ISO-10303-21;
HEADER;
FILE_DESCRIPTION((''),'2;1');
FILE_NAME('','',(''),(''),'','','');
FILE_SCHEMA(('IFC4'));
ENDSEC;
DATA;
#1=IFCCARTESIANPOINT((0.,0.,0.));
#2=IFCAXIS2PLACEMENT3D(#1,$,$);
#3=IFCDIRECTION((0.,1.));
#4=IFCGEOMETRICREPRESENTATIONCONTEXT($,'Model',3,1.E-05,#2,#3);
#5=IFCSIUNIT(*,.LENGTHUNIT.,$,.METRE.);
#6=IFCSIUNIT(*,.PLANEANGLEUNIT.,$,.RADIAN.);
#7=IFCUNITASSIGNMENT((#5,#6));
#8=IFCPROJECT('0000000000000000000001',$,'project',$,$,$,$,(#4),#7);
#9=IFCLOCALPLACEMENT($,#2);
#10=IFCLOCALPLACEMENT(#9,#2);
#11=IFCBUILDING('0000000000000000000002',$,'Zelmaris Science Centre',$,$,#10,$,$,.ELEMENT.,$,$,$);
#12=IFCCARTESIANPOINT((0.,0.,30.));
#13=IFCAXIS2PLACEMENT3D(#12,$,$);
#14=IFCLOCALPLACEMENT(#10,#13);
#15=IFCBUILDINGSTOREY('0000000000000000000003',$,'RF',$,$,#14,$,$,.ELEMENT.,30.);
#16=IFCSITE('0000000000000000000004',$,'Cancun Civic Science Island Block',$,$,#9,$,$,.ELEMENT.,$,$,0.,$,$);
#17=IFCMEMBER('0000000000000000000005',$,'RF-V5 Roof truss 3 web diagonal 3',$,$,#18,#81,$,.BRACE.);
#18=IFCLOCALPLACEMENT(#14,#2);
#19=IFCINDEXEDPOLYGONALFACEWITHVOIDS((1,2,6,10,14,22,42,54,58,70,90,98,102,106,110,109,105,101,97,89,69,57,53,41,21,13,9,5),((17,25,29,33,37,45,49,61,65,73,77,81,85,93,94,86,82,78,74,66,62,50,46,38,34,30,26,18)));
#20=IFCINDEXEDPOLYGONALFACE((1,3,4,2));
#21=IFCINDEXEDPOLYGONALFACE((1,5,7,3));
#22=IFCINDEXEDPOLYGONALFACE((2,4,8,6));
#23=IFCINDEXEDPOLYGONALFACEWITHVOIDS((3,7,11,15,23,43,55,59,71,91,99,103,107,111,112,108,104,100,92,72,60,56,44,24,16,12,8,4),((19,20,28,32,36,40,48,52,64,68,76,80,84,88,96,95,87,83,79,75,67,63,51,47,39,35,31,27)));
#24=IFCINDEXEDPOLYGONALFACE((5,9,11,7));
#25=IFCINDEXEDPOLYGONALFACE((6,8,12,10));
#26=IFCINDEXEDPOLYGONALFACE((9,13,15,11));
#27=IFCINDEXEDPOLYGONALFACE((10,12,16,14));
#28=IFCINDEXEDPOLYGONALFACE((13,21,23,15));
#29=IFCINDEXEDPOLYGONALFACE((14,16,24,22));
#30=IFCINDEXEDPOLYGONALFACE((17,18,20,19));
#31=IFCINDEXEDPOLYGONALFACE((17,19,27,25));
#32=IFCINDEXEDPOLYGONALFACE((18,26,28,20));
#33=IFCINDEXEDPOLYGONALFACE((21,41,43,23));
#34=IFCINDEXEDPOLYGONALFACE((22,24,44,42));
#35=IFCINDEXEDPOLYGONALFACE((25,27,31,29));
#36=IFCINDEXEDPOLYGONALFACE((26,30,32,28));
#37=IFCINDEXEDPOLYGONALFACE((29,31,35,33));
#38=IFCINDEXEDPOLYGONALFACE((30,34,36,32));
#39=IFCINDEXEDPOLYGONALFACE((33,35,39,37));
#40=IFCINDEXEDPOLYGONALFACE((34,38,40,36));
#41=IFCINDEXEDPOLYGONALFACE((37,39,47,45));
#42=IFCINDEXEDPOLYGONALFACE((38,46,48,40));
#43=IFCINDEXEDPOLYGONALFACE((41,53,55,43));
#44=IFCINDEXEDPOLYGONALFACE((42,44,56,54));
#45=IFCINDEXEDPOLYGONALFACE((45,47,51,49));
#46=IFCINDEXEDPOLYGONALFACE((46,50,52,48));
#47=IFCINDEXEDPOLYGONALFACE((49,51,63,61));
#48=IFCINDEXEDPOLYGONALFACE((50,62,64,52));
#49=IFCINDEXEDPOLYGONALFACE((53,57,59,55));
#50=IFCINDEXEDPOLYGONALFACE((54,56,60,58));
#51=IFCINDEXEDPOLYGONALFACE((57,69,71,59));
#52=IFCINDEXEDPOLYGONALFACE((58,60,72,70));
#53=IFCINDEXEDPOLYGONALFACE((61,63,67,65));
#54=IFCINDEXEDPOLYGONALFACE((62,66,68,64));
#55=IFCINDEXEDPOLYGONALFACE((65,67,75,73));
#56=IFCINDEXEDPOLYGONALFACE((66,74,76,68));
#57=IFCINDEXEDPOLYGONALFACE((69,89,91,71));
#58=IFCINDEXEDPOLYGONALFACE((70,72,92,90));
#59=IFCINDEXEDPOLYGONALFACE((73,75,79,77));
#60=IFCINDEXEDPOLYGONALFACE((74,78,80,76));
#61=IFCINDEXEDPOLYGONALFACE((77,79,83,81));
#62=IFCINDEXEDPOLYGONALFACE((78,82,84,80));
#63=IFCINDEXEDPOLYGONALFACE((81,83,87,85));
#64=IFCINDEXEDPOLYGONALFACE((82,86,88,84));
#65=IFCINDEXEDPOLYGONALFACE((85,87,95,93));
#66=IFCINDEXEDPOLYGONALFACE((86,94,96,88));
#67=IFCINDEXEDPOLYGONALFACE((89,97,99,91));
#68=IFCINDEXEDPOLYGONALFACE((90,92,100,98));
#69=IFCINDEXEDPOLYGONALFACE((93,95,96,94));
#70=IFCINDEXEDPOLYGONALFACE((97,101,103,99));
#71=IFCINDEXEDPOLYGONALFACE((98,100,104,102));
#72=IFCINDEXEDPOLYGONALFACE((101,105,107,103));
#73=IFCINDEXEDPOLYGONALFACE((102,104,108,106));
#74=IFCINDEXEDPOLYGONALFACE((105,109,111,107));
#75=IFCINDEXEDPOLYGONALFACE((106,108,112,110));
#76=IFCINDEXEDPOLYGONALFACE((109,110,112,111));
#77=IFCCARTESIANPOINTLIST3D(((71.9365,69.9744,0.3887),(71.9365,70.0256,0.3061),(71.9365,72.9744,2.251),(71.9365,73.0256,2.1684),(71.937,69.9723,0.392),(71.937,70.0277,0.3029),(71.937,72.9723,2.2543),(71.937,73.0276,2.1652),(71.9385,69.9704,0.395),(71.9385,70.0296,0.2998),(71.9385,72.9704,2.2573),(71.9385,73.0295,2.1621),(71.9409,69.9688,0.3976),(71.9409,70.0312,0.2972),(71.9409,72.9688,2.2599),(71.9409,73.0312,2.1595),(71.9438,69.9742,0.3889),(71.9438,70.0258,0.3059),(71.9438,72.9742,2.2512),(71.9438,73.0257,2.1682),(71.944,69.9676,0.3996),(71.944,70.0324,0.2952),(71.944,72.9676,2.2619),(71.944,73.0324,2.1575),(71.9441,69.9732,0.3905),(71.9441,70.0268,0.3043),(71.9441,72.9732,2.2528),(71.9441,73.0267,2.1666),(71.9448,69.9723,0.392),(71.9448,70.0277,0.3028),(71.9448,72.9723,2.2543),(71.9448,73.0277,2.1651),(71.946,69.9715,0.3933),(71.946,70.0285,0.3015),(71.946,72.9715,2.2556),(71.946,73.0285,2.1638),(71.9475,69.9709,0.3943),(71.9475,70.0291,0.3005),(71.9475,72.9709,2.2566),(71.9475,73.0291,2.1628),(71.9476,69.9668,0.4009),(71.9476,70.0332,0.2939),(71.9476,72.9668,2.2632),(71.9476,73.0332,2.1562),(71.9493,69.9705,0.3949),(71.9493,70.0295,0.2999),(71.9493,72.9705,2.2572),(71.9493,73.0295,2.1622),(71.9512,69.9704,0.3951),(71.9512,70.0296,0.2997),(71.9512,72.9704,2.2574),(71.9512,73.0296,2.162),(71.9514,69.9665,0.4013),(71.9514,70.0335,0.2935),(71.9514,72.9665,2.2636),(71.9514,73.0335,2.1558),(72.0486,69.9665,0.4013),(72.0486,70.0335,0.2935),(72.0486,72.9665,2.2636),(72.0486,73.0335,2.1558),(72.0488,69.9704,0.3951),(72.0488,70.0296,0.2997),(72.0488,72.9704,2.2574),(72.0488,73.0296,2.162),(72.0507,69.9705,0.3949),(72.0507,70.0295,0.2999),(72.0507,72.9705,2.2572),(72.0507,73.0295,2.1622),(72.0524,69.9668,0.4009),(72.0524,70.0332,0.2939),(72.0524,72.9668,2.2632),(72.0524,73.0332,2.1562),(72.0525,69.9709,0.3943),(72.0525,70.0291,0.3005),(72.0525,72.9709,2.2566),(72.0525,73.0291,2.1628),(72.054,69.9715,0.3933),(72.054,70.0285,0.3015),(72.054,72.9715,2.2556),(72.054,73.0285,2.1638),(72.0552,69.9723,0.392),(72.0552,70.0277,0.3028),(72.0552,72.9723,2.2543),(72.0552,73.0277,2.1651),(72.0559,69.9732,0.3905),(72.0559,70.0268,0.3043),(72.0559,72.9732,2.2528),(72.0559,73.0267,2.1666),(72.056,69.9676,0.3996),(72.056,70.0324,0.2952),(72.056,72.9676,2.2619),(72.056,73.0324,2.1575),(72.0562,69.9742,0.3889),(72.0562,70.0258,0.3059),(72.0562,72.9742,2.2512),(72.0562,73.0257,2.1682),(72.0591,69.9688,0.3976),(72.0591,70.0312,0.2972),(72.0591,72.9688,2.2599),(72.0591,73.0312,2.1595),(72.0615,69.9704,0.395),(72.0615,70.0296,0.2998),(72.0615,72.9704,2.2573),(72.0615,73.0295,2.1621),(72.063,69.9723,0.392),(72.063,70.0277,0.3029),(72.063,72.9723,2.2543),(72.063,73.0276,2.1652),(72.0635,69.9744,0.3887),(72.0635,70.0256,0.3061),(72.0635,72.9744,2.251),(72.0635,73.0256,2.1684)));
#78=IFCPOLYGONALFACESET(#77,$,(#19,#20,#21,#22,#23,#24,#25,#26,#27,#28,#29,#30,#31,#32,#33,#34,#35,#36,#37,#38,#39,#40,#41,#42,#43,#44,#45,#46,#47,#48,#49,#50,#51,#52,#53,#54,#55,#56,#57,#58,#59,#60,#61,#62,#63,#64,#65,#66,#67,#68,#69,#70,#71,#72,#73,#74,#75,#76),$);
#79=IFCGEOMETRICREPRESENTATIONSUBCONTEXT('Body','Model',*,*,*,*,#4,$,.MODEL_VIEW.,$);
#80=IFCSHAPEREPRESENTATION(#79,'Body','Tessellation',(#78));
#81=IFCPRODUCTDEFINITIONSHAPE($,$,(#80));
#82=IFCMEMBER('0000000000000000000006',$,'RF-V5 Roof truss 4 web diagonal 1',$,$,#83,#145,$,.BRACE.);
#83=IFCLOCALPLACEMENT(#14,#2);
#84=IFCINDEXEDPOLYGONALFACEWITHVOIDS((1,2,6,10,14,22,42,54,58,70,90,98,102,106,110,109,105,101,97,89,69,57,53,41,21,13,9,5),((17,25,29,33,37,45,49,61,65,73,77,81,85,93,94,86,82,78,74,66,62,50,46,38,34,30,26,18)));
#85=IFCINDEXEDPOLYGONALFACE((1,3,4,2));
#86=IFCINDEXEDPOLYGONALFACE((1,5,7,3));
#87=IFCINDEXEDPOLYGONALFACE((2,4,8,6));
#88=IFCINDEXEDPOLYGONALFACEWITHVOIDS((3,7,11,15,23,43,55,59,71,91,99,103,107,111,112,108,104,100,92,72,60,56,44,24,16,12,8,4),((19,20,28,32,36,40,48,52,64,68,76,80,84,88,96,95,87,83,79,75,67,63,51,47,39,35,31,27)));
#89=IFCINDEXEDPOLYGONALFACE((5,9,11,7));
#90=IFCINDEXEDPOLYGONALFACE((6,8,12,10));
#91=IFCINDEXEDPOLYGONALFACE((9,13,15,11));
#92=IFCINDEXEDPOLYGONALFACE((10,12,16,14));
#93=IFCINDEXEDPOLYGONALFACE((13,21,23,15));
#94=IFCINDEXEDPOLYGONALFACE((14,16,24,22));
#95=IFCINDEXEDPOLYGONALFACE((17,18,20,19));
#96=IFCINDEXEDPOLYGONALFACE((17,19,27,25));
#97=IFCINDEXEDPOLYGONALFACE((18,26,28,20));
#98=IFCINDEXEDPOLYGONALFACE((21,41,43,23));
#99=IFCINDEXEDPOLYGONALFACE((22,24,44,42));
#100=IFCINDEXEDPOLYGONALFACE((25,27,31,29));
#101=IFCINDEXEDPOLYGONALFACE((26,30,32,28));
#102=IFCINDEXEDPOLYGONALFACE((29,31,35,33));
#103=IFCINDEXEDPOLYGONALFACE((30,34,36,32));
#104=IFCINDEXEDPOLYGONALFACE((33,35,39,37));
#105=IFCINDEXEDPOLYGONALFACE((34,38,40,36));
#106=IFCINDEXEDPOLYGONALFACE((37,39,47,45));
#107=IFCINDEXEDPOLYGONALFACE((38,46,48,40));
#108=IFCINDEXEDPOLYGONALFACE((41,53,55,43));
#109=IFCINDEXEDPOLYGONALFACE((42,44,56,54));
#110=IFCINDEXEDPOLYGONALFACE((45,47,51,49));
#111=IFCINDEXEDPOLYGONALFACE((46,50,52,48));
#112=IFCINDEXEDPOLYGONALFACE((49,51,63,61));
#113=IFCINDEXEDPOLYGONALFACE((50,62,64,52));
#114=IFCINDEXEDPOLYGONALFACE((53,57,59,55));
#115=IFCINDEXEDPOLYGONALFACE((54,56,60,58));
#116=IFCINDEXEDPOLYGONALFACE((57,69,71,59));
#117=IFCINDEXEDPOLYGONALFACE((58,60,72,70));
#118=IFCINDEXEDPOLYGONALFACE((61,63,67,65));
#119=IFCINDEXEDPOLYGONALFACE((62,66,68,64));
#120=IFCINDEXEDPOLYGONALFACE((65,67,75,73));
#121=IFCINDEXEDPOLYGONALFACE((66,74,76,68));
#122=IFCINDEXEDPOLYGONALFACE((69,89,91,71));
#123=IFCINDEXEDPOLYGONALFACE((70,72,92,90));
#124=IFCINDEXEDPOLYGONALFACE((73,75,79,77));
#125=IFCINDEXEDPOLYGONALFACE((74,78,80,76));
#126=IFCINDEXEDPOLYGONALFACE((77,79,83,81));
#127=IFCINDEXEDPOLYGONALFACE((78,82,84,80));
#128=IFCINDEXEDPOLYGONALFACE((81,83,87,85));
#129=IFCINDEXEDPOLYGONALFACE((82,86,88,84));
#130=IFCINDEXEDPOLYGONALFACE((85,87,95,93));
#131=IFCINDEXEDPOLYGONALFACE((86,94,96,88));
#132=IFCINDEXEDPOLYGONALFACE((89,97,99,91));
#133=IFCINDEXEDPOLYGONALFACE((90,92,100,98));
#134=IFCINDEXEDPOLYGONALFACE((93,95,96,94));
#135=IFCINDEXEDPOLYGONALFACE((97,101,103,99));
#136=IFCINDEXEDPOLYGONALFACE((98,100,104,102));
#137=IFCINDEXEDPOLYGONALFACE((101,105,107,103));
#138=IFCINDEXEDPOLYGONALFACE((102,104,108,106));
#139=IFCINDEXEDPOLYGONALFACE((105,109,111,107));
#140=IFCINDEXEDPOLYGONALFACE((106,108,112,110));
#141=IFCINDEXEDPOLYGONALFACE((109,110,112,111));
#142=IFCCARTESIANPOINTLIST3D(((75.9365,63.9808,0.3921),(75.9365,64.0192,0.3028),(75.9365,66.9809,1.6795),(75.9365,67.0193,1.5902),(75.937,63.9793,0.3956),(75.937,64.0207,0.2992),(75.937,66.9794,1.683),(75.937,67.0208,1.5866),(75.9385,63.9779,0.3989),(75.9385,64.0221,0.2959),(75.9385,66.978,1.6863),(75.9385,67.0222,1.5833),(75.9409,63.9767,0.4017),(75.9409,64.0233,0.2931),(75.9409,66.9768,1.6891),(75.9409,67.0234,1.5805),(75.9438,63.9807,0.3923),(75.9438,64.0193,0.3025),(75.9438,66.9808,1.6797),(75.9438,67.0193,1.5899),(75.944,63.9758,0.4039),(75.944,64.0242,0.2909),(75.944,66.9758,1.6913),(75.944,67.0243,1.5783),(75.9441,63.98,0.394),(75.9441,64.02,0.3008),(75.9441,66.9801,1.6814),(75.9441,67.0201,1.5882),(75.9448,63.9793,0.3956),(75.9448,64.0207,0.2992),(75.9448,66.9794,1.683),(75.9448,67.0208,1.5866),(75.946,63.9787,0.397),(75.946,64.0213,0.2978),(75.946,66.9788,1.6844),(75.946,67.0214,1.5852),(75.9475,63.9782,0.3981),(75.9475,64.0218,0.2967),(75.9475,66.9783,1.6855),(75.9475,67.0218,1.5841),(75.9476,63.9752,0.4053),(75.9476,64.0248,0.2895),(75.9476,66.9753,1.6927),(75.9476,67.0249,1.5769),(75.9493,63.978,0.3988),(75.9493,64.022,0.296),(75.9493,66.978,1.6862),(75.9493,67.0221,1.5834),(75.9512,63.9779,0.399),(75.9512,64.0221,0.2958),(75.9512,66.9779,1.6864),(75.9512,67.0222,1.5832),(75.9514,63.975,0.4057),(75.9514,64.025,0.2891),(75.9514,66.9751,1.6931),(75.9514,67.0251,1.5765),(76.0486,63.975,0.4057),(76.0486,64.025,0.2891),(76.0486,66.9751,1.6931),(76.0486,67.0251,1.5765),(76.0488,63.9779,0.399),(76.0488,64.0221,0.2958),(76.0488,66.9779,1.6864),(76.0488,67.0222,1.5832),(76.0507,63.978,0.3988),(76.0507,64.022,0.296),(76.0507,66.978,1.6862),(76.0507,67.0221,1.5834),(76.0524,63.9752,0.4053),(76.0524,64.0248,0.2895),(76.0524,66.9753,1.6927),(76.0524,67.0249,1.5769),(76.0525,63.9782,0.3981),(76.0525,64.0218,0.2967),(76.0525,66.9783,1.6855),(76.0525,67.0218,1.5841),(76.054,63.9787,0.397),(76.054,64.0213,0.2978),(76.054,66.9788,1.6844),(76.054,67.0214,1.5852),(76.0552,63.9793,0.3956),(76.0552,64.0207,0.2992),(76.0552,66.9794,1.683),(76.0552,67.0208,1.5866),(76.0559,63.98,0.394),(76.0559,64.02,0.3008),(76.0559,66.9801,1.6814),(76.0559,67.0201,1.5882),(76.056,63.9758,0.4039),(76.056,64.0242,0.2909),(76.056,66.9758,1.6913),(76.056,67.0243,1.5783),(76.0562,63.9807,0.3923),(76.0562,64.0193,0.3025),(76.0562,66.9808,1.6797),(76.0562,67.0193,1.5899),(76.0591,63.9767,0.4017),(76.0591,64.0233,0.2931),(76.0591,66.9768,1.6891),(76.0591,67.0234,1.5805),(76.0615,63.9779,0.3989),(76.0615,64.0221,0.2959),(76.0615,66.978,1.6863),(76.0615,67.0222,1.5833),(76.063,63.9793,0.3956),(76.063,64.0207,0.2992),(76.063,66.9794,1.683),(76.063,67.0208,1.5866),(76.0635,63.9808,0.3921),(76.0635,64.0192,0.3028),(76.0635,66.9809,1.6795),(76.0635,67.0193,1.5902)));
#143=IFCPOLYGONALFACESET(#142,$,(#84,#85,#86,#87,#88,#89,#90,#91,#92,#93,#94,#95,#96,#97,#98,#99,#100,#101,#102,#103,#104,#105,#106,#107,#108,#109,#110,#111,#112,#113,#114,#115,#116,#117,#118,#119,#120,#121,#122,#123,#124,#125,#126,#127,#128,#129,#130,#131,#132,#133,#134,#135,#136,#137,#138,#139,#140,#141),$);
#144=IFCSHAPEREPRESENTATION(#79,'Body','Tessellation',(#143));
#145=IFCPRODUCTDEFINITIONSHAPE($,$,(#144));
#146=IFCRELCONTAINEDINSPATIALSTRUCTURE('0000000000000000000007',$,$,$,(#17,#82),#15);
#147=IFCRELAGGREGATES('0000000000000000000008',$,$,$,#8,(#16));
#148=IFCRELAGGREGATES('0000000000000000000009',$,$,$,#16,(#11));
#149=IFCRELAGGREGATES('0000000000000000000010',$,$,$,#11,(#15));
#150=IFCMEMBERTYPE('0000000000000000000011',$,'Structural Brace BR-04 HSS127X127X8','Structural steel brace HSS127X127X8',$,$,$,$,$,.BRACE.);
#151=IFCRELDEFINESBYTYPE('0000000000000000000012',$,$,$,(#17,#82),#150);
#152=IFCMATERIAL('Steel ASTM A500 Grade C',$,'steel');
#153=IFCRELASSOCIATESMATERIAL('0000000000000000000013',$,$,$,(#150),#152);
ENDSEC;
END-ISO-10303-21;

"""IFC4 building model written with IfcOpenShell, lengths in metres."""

from ifc_helpers import new_model, si_unit, direction, frame, origin, origin_2d, place, context, subcontext, project, spatial, hollow_rectangle, extrude, material, material_profile, profile_set, type_object, element, save


model = new_model("IFC4")

# Units and contexts
model_context = context("Model", 3, precision=1e-05, world=origin(), true_north=direction((0.0, 1.0)))
body_context = subcontext(model_context, "Body", "Model", "MODEL_VIEW")
ifc_project = project(units=[si_unit("LENGTHUNIT", "METRE"), si_unit("PLANEANGLEUNIT", "RADIAN")], contexts=[model_context])

# Site, building, storey
site_placement = place(None, origin())
site = spatial("IfcSite", under=ifc_project, at=site_placement, Name="Cancun Civic Science Island Block", CompositionType="ELEMENT", RefElevation=0.0)
building_placement = place(site_placement, origin())
building = spatial("IfcBuilding", under=site, at=building_placement, Name="Zelmaris Science Centre", CompositionType="ELEMENT")
storey_placement = place(building_placement, frame((0.0, 0.0, 30.0)))
storey = spatial("IfcBuildingStorey", under=building, at=storey_placement, Name="RF", CompositionType="ELEMENT", Elevation=30.0)

# Shared definitions
ifc_material = material(Name="Steel ASTM A500 Grade C", Category="steel")

# Members
ifc_material_profile_1 = material_profile(ifc_material, hollow_rectangle(XDim=0.127, YDim=0.127, WallThickness=0.0073, InnerFilletRadius=0.0073, OuterFilletRadius=0.0149, at=origin_2d()), Name="HSS127X127X8")
ifc_profile_set_1 = profile_set([ifc_material_profile_1], Name="Steel ASTM A500 Grade C")
member_type_1 = type_object("IfcMemberType", Name="Structural Brace BR-04 HSS127X127X8", Description="Structural steel brace HSS127X127X8", PredefinedType="BRACE", material=ifc_profile_set_1)
member_1_placement = place(storey_placement, frame((72.0, 70.0, 0.3474), z_axis=(0.0, 0.84961, 0.527411), x_axis=(-1.0, 0.0, 0.0)))
element("IfcMember", 1, at=member_1_placement, inside=storey, type_object=member_type_1, Name="RF-V5 Roof truss 3 web diagonal 3", PredefinedType="BRACE", context=body_context, shape_type="SweptSolid", body=[
    extrude(hollow_rectangle(XDim=0.127, YDim=0.127, WallThickness=0.0073, InnerFilletRadius=0.0073, OuterFilletRadius=0.0149, at=origin_2d()), origin(), (0.0, 0.0, 1.0), 3.531),
])
for number, where, z_axis, x_axis, name in (
    (2, (76.0, 64.0, 0.3474), (0.0, 0.918963, 0.394343), (-1.0, 0.0, 0.0), "RF-V5 Roof truss 4 web diagonal 1"),
):
    element("IfcMember", number, at=place(storey_placement, frame(where, z_axis=z_axis, x_axis=x_axis)), inside=storey, type_object=member_type_1, Name=name, PredefinedType="BRACE", context=body_context, shape_type="SweptSolid", body=[
        extrude(hollow_rectangle(XDim=0.127, YDim=0.127, WallThickness=0.0073, InnerFilletRadius=0.0073, OuterFilletRadius=0.0149, at=origin_2d()), origin(), (0.0, 0.0, 1.0), 3.2646),
    ])

save(model, "model.ifc")
